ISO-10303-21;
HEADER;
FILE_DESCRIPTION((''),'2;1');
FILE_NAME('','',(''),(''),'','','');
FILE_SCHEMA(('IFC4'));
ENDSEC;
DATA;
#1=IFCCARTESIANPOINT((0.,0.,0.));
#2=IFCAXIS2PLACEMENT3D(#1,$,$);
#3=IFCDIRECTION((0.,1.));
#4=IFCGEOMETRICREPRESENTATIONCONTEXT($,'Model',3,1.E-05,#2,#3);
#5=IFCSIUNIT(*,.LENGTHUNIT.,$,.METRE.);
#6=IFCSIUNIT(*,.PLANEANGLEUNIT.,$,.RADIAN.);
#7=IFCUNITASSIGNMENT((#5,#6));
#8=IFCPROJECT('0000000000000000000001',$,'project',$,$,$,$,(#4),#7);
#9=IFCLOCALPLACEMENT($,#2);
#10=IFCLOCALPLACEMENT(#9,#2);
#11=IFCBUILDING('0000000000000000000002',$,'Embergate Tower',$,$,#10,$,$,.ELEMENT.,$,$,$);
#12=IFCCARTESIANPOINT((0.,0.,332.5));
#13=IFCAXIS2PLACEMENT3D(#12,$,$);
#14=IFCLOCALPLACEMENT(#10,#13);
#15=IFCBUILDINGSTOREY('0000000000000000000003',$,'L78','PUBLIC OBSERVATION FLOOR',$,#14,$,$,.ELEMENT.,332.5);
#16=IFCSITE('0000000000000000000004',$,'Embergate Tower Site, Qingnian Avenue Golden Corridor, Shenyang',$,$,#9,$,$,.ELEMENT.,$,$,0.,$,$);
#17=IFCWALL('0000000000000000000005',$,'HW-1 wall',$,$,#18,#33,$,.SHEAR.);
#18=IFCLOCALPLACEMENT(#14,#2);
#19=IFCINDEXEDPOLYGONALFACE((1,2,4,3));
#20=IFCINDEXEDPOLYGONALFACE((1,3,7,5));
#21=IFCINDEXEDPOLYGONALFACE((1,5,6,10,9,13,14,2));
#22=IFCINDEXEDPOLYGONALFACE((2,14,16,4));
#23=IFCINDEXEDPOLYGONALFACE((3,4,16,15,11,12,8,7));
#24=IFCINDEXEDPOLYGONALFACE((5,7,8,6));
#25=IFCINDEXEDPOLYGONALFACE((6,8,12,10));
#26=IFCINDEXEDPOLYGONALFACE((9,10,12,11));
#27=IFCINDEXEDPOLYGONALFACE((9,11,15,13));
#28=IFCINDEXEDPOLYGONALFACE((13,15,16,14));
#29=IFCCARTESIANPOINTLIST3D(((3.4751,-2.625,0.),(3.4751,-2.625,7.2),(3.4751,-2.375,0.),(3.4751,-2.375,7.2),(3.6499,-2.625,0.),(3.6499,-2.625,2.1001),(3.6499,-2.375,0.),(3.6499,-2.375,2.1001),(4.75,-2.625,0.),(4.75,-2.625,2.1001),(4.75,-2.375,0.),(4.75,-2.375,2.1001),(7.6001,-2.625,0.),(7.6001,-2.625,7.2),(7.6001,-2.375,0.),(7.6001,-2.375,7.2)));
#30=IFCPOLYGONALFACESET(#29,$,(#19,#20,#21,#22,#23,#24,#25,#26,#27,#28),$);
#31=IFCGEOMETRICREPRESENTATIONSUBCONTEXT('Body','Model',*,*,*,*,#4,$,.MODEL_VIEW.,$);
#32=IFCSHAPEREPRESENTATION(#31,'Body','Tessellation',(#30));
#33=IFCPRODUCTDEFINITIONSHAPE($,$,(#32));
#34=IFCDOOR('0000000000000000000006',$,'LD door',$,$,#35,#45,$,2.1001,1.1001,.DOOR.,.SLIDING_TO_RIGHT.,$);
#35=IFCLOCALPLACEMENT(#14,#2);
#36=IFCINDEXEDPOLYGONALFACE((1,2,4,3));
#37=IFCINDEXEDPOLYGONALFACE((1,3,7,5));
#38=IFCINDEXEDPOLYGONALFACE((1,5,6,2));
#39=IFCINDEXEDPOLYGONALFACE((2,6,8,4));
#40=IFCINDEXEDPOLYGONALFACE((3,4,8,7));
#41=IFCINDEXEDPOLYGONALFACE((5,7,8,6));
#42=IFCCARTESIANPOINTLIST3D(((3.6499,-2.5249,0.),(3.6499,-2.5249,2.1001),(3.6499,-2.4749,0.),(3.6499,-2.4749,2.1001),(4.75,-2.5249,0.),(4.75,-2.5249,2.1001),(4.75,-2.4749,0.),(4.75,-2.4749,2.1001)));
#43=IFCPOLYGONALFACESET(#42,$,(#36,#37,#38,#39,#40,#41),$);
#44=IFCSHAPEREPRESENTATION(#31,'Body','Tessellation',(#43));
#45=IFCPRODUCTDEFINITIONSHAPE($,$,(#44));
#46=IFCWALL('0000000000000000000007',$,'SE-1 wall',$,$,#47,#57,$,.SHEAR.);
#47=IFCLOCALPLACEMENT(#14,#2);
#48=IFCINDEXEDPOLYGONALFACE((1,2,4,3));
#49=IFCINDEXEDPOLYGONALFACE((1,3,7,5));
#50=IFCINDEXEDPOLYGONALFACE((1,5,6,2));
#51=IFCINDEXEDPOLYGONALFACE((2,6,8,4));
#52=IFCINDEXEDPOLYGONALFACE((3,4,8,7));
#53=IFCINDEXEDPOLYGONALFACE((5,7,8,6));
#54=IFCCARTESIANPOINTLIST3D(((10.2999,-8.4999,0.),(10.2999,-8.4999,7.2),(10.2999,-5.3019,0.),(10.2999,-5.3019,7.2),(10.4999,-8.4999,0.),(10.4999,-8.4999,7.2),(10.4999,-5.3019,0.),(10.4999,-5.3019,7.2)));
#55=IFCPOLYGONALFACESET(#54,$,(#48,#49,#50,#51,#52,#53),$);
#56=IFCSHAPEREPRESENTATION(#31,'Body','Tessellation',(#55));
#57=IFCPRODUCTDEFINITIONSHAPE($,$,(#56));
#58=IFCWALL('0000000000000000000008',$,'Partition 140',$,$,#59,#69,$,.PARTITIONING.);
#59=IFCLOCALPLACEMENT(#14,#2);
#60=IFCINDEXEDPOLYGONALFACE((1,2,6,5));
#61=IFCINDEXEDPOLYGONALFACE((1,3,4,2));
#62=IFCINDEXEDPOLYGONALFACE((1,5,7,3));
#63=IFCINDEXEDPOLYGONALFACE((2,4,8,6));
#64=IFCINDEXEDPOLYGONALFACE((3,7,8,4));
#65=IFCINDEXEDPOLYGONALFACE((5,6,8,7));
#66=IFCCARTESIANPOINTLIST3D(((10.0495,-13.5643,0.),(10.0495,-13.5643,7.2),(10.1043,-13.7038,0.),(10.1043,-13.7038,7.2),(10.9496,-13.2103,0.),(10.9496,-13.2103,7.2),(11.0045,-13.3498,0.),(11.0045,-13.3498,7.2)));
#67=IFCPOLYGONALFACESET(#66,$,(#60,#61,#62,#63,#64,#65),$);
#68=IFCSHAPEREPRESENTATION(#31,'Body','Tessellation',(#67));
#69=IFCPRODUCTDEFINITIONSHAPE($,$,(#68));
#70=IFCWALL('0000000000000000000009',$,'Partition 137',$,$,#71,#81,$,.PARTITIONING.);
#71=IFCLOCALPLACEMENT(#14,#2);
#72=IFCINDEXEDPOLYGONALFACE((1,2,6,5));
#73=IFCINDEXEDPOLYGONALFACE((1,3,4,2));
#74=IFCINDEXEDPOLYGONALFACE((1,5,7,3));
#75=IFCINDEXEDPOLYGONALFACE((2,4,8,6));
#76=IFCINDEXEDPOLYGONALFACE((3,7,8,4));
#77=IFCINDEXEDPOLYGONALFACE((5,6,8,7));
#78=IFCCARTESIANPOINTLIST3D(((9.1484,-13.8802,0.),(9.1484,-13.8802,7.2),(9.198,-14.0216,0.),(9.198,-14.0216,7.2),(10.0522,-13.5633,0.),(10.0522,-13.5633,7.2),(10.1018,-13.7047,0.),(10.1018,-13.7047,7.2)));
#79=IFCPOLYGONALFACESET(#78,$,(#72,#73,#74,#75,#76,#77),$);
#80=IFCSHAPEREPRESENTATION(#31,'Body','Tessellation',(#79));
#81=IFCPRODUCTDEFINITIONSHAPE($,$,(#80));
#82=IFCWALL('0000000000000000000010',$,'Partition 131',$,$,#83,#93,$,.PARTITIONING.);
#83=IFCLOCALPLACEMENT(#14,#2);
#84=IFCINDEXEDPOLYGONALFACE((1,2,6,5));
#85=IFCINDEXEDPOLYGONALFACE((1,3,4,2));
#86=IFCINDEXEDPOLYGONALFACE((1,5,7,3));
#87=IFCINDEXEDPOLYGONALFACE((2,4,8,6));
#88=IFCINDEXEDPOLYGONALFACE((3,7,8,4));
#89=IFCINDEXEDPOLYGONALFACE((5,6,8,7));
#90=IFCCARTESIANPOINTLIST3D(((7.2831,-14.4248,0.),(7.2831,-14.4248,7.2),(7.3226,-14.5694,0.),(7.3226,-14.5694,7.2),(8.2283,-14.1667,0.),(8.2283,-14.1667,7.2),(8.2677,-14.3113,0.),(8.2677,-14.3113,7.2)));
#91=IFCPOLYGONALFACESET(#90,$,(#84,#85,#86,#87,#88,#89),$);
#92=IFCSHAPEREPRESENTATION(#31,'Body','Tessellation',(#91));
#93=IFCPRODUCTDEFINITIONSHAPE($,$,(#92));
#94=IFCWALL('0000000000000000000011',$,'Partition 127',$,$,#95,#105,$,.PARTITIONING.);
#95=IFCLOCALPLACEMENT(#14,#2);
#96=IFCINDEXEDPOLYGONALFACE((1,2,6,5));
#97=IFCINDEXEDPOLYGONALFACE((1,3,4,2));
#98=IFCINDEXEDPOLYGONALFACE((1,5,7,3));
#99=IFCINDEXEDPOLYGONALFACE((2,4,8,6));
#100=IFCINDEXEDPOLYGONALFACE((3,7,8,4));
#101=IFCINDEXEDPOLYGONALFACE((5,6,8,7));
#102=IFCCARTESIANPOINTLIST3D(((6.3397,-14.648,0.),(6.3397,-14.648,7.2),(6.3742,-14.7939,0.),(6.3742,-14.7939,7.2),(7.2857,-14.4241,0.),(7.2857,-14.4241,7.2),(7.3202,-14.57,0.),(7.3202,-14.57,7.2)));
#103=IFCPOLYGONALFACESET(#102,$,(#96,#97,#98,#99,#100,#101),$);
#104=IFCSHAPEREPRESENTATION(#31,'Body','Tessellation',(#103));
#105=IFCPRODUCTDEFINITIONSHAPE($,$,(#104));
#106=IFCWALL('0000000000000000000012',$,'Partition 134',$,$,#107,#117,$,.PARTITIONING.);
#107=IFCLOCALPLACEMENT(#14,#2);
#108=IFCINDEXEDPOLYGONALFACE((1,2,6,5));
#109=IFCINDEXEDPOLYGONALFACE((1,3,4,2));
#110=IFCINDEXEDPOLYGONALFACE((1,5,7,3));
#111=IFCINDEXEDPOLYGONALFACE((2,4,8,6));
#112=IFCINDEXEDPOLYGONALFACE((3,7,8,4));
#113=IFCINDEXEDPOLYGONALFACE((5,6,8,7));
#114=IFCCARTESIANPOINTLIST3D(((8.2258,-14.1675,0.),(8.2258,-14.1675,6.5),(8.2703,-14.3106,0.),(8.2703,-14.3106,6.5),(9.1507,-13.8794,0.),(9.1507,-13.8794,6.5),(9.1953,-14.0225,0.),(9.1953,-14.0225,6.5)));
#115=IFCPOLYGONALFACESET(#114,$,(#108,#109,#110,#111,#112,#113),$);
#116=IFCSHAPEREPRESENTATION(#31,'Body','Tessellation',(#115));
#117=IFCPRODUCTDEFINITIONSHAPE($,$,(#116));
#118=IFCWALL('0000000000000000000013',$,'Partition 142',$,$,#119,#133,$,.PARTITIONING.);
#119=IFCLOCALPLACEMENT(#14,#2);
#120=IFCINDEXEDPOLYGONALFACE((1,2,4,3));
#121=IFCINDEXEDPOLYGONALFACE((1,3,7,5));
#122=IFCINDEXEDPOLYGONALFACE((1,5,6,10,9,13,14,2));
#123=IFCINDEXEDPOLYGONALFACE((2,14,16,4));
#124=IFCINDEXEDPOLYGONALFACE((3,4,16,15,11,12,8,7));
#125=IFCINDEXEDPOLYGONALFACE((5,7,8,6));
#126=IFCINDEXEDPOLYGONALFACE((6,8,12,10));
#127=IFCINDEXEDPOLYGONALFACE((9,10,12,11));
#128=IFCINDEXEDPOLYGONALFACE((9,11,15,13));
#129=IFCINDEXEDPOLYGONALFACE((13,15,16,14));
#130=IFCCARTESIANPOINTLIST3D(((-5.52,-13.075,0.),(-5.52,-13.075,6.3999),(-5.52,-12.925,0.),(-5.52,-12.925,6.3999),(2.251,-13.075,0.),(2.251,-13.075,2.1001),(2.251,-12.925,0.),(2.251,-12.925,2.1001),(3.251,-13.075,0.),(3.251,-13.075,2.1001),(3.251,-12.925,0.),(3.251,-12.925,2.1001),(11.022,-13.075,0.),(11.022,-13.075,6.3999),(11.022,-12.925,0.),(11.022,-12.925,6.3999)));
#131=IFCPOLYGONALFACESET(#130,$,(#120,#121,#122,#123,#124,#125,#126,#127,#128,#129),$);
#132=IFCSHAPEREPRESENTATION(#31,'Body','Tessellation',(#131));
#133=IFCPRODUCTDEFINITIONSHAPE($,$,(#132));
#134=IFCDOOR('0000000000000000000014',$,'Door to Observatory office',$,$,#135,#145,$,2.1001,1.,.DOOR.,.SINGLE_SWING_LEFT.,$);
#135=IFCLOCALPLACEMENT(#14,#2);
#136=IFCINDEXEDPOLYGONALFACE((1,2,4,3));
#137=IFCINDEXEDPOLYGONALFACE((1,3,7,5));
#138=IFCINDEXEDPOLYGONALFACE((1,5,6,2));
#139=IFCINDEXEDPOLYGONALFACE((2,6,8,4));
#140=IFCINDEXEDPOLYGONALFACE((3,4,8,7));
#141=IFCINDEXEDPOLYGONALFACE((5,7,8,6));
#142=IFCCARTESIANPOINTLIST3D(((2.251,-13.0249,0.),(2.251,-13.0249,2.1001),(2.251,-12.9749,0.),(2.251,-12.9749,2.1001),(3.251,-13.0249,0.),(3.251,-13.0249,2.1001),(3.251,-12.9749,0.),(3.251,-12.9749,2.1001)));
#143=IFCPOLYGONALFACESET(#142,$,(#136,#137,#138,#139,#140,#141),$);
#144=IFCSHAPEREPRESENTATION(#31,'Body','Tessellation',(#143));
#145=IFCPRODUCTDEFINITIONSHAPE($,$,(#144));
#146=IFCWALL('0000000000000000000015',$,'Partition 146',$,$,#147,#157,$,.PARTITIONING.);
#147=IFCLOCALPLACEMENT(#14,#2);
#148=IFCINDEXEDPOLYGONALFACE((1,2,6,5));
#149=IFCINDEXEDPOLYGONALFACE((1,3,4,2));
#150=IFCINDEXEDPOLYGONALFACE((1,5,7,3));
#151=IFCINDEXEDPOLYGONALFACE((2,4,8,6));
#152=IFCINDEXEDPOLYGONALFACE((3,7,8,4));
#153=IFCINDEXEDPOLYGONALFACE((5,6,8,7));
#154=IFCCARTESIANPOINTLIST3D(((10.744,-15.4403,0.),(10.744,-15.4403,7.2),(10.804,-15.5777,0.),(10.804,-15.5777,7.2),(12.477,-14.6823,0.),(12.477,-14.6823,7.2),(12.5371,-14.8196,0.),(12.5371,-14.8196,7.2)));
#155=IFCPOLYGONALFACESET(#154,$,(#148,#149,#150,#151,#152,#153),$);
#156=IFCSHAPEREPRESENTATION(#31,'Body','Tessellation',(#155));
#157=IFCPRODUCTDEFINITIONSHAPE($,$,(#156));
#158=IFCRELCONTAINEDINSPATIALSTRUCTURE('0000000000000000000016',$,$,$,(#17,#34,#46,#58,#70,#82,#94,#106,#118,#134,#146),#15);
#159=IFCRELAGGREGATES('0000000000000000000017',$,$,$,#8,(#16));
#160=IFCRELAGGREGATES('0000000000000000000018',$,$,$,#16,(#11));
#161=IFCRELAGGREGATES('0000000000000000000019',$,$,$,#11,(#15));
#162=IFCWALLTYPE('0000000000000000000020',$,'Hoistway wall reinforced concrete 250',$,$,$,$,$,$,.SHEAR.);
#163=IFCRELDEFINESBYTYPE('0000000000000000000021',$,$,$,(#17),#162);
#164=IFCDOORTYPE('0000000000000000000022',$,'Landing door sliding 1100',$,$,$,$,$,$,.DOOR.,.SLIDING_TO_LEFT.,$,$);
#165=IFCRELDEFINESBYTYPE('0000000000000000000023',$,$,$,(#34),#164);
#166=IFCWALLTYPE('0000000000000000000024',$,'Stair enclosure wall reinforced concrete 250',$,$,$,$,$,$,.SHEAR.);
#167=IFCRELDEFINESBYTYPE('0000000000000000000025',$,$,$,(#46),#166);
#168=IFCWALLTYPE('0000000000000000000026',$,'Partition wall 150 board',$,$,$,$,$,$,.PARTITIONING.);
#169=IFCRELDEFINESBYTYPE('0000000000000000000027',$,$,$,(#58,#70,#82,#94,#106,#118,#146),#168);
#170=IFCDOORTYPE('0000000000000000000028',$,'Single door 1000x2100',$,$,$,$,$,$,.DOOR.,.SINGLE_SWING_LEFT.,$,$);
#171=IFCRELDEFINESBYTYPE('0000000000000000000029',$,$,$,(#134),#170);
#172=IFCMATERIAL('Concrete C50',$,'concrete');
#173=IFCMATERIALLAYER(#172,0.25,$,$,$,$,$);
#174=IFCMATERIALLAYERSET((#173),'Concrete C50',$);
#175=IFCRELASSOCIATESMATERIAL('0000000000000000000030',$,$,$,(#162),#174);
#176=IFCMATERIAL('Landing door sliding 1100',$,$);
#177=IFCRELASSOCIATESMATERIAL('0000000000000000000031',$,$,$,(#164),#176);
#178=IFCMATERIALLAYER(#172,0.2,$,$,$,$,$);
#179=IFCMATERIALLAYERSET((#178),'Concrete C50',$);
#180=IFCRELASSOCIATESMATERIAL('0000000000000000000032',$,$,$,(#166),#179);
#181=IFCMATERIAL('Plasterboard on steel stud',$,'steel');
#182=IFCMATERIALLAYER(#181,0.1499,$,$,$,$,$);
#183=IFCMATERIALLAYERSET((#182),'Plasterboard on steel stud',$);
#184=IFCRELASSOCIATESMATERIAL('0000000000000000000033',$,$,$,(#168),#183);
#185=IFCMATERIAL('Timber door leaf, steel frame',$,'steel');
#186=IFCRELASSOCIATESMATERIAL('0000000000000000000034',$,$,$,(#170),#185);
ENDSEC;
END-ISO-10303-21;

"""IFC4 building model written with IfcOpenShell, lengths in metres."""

from ifc_helpers import new_model, si_unit, direction, frame, frame_2d, origin, place, context, subcontext, project, spatial, rectangle, extrude, source, transform, mapped, material, layer, layer_set, type_object, element, fill, save


model = new_model("IFC4")

# Units and contexts
model_context = context("Model", 3, precision=1e-05, world=origin(), true_north=direction((0.0, 1.0)))
body_context = subcontext(model_context, "Body", "Model", "MODEL_VIEW")
ifc_project = project(units=[si_unit("LENGTHUNIT", "METRE"), si_unit("PLANEANGLEUNIT", "RADIAN")], contexts=[model_context])

# Site, building, storey
site_placement = place(None, origin())
site = spatial("IfcSite", under=ifc_project, at=site_placement, Name="Embergate Tower Site, Qingnian Avenue Golden Corridor, Shenyang", CompositionType="ELEMENT", RefElevation=0.0)
building_placement = place(site_placement, origin())
building = spatial("IfcBuilding", under=site, at=building_placement, Name="Embergate Tower", CompositionType="ELEMENT")
storey_placement = place(building_placement, frame((0.0, 0.0, 332.5)))
storey = spatial("IfcBuildingStorey", under=building, at=storey_placement, Name="L78", Description="PUBLIC OBSERVATION FLOOR", CompositionType="ELEMENT", Elevation=332.5)

# Shared definitions
ifc_material_1 = material(Name="Concrete C50", Category="concrete")

# Shared definitions
ifc_layer_1 = layer(ifc_material_1, 0.25)
ifc_layer_set_1 = layer_set([ifc_layer_1], Name="Concrete C50")
wall_type_1 = type_object("IfcWallType", Name="Hoistway wall reinforced concrete 250", PredefinedType="SHEAR", material=ifc_layer_set_1)

# Wall, opening, door
shared_shape_1 = source(origin(), body_context, "Body", "SweptSolid", [
    extrude(rectangle(XDim=4.125, YDim=0.25, at=frame_2d((2.0625, 0.0))), origin(), (0.0, 0.0, 1.0), 7.2),
])
wall_1_placement = place(storey_placement, frame((7.6001, -2.5, 0.0), z_axis=(0.0, 0.0, 1.0), x_axis=(-1.0, 0.0, 0.0)))
wall_1 = element("IfcWall", 1, at=wall_1_placement, inside=storey, type_object=wall_type_1, Name="HW-1 wall", PredefinedType="SHEAR", context=body_context, shape_type="MappedRepresentation", body=[
    mapped(shared_shape_1, transform((0.0, 0.0, 0.0))),
])
shared_shape_2 = source(origin(), body_context, "Body", "SweptSolid", [
    extrude(rectangle(XDim=1.1001, YDim=2.1001, at=frame_2d((0.55, 1.05))), frame((0.0, 0.135, 0.0), z_axis=(0.0, -1.0, 0.0), x_axis=(1.0, 0.0, 0.0)), (0.0, 0.0, 1.0), 0.27),
])
opening_1_placement = place(wall_1_placement, frame((2.8501, 0.0, 0.0)))
opening_1 = element("IfcOpeningElement", 2, at=opening_1_placement, cuts=wall_1, PredefinedType="OPENING", context=body_context, shape_type="MappedRepresentation", body=[
    mapped(shared_shape_2, transform((0.0, 0.0, 0.0))),
])
ifc_material_2 = material(Name="Landing door sliding 1100")
door_type_1 = type_object("IfcDoorType", Name="Landing door sliding 1100", OperationType="SLIDING_TO_LEFT", PredefinedType="DOOR", material=ifc_material_2)
shared_shape_3 = source(origin(), body_context, "Body", "SweptSolid", [
    extrude(rectangle(XDim=1.1001, YDim=2.1001, at=frame_2d((0.55, 1.05))), frame((0.0, 0.0249, 0.0), z_axis=(0.0, -1.0, 0.0), x_axis=(1.0, 0.0, 0.0)), (0.0, 0.0, 1.0), 0.05),
])
door_1_placement = place(opening_1_placement, origin())
door_1 = element("IfcDoor", 3, at=door_1_placement, inside=storey, type_object=door_type_1, Name="LD door", OperationType="SLIDING_TO_RIGHT", OverallHeight=2.1001, OverallWidth=1.1001, PredefinedType="DOOR", context=body_context, shape_type="MappedRepresentation", body=[
    mapped(shared_shape_3, transform((0.0, 0.0, 0.0))),
])
fill(opening_1, door_1)

# Walls
ifc_layer_2 = layer(ifc_material_1, 0.2)
ifc_layer_set_2 = layer_set([ifc_layer_2], Name="Concrete C50")
wall_type_2 = type_object("IfcWallType", Name="Stair enclosure wall reinforced concrete 250", PredefinedType="SHEAR", material=ifc_layer_set_2)
shared_shape_4 = source(origin(), body_context, "Body", "SweptSolid", [
    extrude(rectangle(XDim=3.198, YDim=0.2, at=frame_2d((1.5991, 0.0))), origin(), (0.0, 0.0, 1.0), 7.2),
])
wall_2_placement = place(storey_placement, frame((10.3999, -8.5, 0.0), z_axis=(0.0, 0.0, 1.0), x_axis=(0.0, 1.0, 0.0)))
element("IfcWall", 4, at=wall_2_placement, inside=storey, type_object=wall_type_2, Name="SE-1 wall", PredefinedType="SHEAR", context=body_context, shape_type="MappedRepresentation", body=[
    mapped(shared_shape_4, transform((0.0, 0.0, 0.0))),
])
ifc_material_3 = material(Name="Plasterboard on steel stud", Category="steel")
ifc_layer_3 = layer(ifc_material_3, 0.1499)
ifc_layer_set_3 = layer_set([ifc_layer_3], Name="Plasterboard on steel stud")
wall_type_3 = type_object("IfcWallType", Name="Partition wall 150 board", PredefinedType="PARTITIONING", material=ifc_layer_set_3)
shared_shape_5 = source(origin(), body_context, "Body", "SweptSolid", [
    extrude(rectangle(XDim=0.9673, YDim=0.1499, at=frame_2d((0.4836, 0.0))), origin(), (0.0, 0.0, 1.0), 7.2),
])
wall_3_placement = place(storey_placement, frame((10.0769, -13.634, 0.0), z_axis=(0.0, 0.0, 1.0), x_axis=(0.93062, 0.365988, 0.0)))
element("IfcWall", 5, at=wall_3_placement, inside=storey, type_object=wall_type_3, Name="Partition 140", PredefinedType="PARTITIONING", context=body_context, shape_type="MappedRepresentation", body=[
    mapped(shared_shape_5, transform((0.0, 0.0, 0.0))),
])
shared_shape_6 = source(origin(), body_context, "Body", "SweptSolid", [
    extrude(rectangle(XDim=0.9578, YDim=0.1499, at=frame_2d((0.479, 0.0))), origin(), (0.0, 0.0, 1.0), 7.2),
])
wall_4_placement = place(storey_placement, frame((9.1731, -13.9509, 0.0), z_axis=(0.0, 0.0, 1.0), x_axis=(0.943675, 0.330873, 0.0)))
element("IfcWall", 6, at=wall_4_placement, inside=storey, type_object=wall_type_3, Name="Partition 137", PredefinedType="PARTITIONING", context=body_context, shape_type="MappedRepresentation", body=[
    mapped(shared_shape_6, transform((0.0, 0.0, 0.0))),
])
shared_shape_7 = source(origin(), body_context, "Body", "SweptSolid", [
    extrude(rectangle(XDim=0.9797, YDim=0.1499, at=frame_2d((0.4897, 0.0))), origin(), (0.0, 0.0, 1.0), 7.2),
])
wall_5_placement = place(storey_placement, frame((7.303, -14.4971, 0.0), z_axis=(0.0, 0.0, 1.0), x_axis=(0.964683, 0.263413, 0.0)))
element("IfcWall", 7, at=wall_5_placement, inside=storey, type_object=wall_type_3, Name="Partition 131", PredefinedType="PARTITIONING", context=body_context, shape_type="MappedRepresentation", body=[
    mapped(shared_shape_7, transform((0.0, 0.0, 0.0))),
])
shared_shape_8 = source(origin(), body_context, "Body", "SweptSolid", [
    extrude(rectangle(XDim=0.9722, YDim=0.1499, at=frame_2d((0.4861, 0.0))), origin(), (0.0, 0.0, 1.0), 7.2),
])
wall_6_placement = place(storey_placement, frame((6.3569, -14.7209, 0.0), z_axis=(0.0, 0.0, 1.0), x_axis=(0.973123, 0.230285, 0.0)))
element("IfcWall", 8, at=wall_6_placement, inside=storey, type_object=wall_type_3, Name="Partition 127", PredefinedType="PARTITIONING", context=body_context, shape_type="MappedRepresentation", body=[
    mapped(shared_shape_8, transform((0.0, 0.0, 0.0))),
])
shared_shape_9 = source(origin(), body_context, "Body", "SweptSolid", [
    extrude(rectangle(XDim=0.9688, YDim=0.1499, at=frame_2d((0.4844, 0.0))), origin(), (0.0, 0.0, 1.0), 6.5),
])
wall_7_placement = place(storey_placement, frame((8.248, -14.239, 0.0), z_axis=(0.0, 0.0, 1.0), x_axis=(0.954771, 0.297342, 0.0)))
element("IfcWall", 9, at=wall_7_placement, inside=storey, type_object=wall_type_3, Name="Partition 134", PredefinedType="PARTITIONING", context=body_context, shape_type="MappedRepresentation", body=[
    mapped(shared_shape_9, transform((0.0, 0.0, 0.0))),
])

# Wall, opening, door
shared_shape_10 = source(origin(), body_context, "Body", "SweptSolid", [
    extrude(rectangle(XDim=16.542, YDim=0.1499, at=frame_2d((8.271, 0.0))), origin(), (0.0, 0.0, 1.0), 6.3999),
])
wall_8_placement = place(storey_placement, frame((11.022, -13.0, 0.0), z_axis=(0.0, 0.0, 1.0), x_axis=(-1.0, 0.0, 0.0)))
wall_8 = element("IfcWall", 10, at=wall_8_placement, inside=storey, type_object=wall_type_3, Name="Partition 142", PredefinedType="PARTITIONING", context=body_context, shape_type="MappedRepresentation", body=[
    mapped(shared_shape_10, transform((0.0, 0.0, 0.0))),
])
shared_shape_11 = source(origin(), body_context, "Body", "SweptSolid", [
    extrude(rectangle(XDim=1.0, YDim=2.1001, at=frame_2d((0.5, 1.05))), frame((0.0, 0.085, 0.0), z_axis=(0.0, -1.0, 0.0), x_axis=(1.0, 0.0, 0.0)), (0.0, 0.0, 1.0), 0.1699),
])
opening_2_placement = place(wall_8_placement, frame((7.771, 0.0, 0.0)))
opening_2 = element("IfcOpeningElement", 11, at=opening_2_placement, cuts=wall_8, PredefinedType="OPENING", context=body_context, shape_type="MappedRepresentation", body=[
    mapped(shared_shape_11, transform((0.0, 0.0, 0.0))),
])
ifc_material_4 = material(Name="Timber door leaf, steel frame", Category="steel")
door_type_2 = type_object("IfcDoorType", Name="Single door 1000x2100", OperationType="SINGLE_SWING_LEFT", PredefinedType="DOOR", material=ifc_material_4)
shared_shape_12 = source(origin(), body_context, "Body", "SweptSolid", [
    extrude(rectangle(XDim=1.0, YDim=2.1001, at=frame_2d((0.5, 1.05))), frame((0.0, 0.0249, 0.0), z_axis=(0.0, -1.0, 0.0), x_axis=(1.0, 0.0, 0.0)), (0.0, 0.0, 1.0), 0.05),
])
door_2_placement = place(opening_2_placement, origin())
door_2 = element("IfcDoor", 12, at=door_2_placement, inside=storey, type_object=door_type_2, Name="Door to Observatory office", OperationType="SINGLE_SWING_LEFT", OverallHeight=2.1001, OverallWidth=1.0, PredefinedType="DOOR", context=body_context, shape_type="MappedRepresentation", body=[
    mapped(shared_shape_12, transform((0.0, 0.0, 0.0))),
])
fill(opening_2, door_2)

# Wall
shared_shape_13 = source(origin(), body_context, "Body", "SweptSolid", [
    extrude(rectangle(XDim=1.8916, YDim=0.1499, at=frame_2d((0.9458, 0.0))), origin(), (0.0, 0.0, 1.0), 7.2),
])
wall_9_placement = place(storey_placement, frame((12.5071, -14.751, 0.0), z_axis=(0.0, 0.0, 1.0), x_axis=(-0.916196, -0.400731, 0.0)))
element("IfcWall", 13, at=wall_9_placement, inside=storey, type_object=wall_type_3, Name="Partition 146", PredefinedType="PARTITIONING", context=body_context, shape_type="MappedRepresentation", body=[
    mapped(shared_shape_13, transform((0.0, 0.0, 0.0))),
])

save(model, "model.ifc")
